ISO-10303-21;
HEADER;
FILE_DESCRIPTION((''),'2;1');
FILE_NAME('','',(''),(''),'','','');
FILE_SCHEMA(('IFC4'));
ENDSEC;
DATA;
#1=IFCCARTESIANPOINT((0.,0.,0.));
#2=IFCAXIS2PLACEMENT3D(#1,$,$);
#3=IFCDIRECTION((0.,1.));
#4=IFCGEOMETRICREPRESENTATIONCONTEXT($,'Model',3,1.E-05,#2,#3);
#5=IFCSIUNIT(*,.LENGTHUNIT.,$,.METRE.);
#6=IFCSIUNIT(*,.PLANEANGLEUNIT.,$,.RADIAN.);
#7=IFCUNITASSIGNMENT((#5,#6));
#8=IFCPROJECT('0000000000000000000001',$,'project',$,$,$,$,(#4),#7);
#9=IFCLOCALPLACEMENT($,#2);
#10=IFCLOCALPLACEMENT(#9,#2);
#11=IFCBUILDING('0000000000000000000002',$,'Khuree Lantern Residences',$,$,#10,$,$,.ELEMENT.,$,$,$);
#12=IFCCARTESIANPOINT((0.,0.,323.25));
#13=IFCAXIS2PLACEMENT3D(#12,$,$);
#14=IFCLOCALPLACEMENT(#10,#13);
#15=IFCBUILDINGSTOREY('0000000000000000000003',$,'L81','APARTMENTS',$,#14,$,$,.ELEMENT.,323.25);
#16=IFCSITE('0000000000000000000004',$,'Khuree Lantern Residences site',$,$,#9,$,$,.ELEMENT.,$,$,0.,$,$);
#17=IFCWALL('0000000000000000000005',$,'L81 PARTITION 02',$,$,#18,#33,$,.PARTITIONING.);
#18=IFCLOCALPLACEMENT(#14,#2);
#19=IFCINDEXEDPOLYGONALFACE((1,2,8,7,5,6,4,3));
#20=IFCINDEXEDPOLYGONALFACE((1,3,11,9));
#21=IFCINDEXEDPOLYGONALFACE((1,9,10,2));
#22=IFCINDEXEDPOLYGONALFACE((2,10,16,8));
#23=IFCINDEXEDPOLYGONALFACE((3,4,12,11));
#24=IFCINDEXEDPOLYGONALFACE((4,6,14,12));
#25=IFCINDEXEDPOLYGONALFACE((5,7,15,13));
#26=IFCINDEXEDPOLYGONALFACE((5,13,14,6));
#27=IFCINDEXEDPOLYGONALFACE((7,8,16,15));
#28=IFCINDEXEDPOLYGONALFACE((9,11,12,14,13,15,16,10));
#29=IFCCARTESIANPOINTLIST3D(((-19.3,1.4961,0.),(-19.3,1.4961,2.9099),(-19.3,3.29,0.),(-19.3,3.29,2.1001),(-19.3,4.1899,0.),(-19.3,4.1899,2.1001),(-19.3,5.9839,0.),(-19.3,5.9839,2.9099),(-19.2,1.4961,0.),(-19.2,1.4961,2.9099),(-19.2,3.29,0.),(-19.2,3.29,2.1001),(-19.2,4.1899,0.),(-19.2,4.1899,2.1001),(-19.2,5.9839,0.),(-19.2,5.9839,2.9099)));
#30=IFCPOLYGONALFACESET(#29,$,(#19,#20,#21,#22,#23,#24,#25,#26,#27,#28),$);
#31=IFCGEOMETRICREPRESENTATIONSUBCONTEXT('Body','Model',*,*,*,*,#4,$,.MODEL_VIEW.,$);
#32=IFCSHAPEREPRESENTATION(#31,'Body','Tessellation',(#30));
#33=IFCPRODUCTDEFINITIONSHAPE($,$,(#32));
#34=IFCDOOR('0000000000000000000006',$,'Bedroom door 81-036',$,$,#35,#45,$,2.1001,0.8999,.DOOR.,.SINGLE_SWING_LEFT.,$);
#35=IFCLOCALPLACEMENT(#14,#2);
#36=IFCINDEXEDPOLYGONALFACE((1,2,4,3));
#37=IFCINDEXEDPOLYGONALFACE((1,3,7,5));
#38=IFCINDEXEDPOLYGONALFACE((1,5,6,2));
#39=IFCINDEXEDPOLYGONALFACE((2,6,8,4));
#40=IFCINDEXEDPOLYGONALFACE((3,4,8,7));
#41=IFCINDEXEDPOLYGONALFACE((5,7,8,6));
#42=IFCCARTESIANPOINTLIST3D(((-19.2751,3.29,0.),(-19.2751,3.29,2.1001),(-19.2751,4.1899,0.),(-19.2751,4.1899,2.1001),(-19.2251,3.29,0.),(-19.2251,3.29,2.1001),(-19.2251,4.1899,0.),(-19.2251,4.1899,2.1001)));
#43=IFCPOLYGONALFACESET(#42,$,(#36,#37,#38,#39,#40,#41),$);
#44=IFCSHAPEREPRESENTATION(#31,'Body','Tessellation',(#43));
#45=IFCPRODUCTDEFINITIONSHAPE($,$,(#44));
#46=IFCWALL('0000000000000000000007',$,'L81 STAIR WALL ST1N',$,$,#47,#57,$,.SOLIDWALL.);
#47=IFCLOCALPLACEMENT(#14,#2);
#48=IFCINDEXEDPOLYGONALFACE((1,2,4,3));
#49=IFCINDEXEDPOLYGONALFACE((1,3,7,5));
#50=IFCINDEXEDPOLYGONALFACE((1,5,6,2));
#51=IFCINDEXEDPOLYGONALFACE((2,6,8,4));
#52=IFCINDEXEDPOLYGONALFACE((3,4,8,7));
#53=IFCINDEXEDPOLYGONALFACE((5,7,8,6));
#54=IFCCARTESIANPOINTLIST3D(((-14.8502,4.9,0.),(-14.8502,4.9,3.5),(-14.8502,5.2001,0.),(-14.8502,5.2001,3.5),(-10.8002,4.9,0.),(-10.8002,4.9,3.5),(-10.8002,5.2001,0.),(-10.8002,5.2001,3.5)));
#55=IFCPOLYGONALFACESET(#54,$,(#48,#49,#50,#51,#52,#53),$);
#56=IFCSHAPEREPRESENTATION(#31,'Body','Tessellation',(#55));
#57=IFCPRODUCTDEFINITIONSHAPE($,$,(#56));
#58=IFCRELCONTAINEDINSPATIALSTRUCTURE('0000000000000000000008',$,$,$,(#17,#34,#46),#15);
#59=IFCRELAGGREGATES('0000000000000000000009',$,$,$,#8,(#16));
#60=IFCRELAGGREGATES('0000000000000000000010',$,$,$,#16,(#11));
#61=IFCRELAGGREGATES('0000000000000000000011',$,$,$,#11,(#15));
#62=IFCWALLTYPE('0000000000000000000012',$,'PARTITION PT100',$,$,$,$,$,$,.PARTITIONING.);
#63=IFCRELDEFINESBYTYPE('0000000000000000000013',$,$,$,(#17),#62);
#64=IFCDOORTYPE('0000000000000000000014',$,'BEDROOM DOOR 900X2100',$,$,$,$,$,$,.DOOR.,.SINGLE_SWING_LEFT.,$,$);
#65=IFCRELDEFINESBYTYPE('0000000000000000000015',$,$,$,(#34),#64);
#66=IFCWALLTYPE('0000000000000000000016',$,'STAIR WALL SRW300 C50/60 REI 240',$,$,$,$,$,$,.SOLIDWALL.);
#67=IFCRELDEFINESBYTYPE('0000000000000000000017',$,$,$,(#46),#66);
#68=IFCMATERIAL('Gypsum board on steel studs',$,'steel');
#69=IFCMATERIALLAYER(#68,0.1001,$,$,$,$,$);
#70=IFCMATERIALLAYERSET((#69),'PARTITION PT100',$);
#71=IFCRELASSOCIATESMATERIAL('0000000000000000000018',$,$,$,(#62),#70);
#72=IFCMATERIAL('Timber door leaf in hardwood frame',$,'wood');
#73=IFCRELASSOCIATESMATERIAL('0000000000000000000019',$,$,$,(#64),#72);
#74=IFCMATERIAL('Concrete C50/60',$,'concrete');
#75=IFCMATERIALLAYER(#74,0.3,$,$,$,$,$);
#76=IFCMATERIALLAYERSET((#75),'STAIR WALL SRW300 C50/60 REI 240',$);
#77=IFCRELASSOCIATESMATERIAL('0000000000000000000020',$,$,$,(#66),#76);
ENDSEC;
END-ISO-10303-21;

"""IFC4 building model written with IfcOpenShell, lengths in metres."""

from ifc_helpers import new_model, si_unit, direction, frame, frame_2d, origin, place, context, subcontext, project, spatial, rectangle, extrude, material, layer, layer_set, type_object, element, fill, save


model = new_model("IFC4")

# Units and contexts
model_context = context("Model", 3, precision=1e-05, world=origin(), true_north=direction((0.0, 1.0)))
body_context = subcontext(model_context, "Body", "Model", "MODEL_VIEW")
ifc_project = project(units=[si_unit("LENGTHUNIT", "METRE"), si_unit("PLANEANGLEUNIT", "RADIAN")], contexts=[model_context])

# Site, building, storey
site_placement = place(None, origin())
site = spatial("IfcSite", under=ifc_project, at=site_placement, Name="Khuree Lantern Residences site", CompositionType="ELEMENT", RefElevation=0.0)
building_placement = place(site_placement, origin())
building = spatial("IfcBuilding", under=site, at=building_placement, Name="Khuree Lantern Residences", CompositionType="ELEMENT")
storey_placement = place(building_placement, frame((0.0, 0.0, 323.25)))
storey = spatial("IfcBuildingStorey", under=building, at=storey_placement, Name="L81", Description="APARTMENTS", CompositionType="ELEMENT", Elevation=323.25)

# Shared definitions
ifc_material_1 = material(Name="Concrete C50/60", Category="concrete")

# Shared definitions
ifc_material_2 = material(Name="Gypsum board on steel studs", Category="steel")

# Shared definitions
ifc_material_3 = material(Name="Timber door leaf in hardwood frame", Category="wood")

# Shared definitions
ifc_layer_1 = layer(ifc_material_2, 0.1001)
ifc_layer_set_1 = layer_set([ifc_layer_1], Name="PARTITION PT100")
wall_type_1 = type_object("IfcWallType", Name="PARTITION PT100", PredefinedType="PARTITIONING", material=ifc_layer_set_1)

# Wall, opening, door
door_type_1 = type_object("IfcDoorType", Name="BEDROOM DOOR 900X2100", OperationType="SINGLE_SWING_LEFT", PredefinedType="DOOR", material=ifc_material_3)
wall_1_placement = place(storey_placement, frame((-19.25, 5.9839, 0.0), z_axis=(0.0, 0.0, 1.0), x_axis=(0.0, -1.0, 0.0)))
wall_1 = element("IfcWall", 1, at=wall_1_placement, inside=storey, type_object=wall_type_1, Name="L81 PARTITION 02", PredefinedType="PARTITIONING", context=body_context, shape_type="SweptSolid", body=[
    extrude(rectangle(XDim=4.4878, YDim=0.1001, at=frame_2d((2.2439, 0.0))), origin(), (0.0, 0.0, 1.0), 2.9099),
])
opening_1_placement = place(wall_1_placement, frame((1.7939, 0.0, 0.0)))
opening_1 = element("IfcOpeningElement", 2, at=opening_1_placement, cuts=wall_1, PredefinedType="OPENING", context=body_context, shape_type="SweptSolid", body=[
    extrude(rectangle(XDim=0.8999, YDim=2.1001, at=frame_2d((0.45, 1.05))), frame((0.0, 0.0601, 0.0), z_axis=(0.0, -1.0, 0.0), x_axis=(1.0, 0.0, 0.0)), (0.0, 0.0, 1.0), 0.1201),
])
door_1_placement = place(opening_1_placement, origin())
door_1 = element("IfcDoor", 3, at=door_1_placement, inside=storey, type_object=door_type_1, Name="Bedroom door 81-036", OperationType="SINGLE_SWING_LEFT", OverallHeight=2.1001, OverallWidth=0.8999, PredefinedType="DOOR", context=body_context, shape_type="SweptSolid", body=[
    extrude(rectangle(XDim=0.8999, YDim=2.1001, at=frame_2d((0.45, 1.05))), frame((0.0, 0.0249, 0.0), z_axis=(0.0, -1.0, 0.0), x_axis=(1.0, 0.0, 0.0)), (0.0, 0.0, 1.0), 0.05),
])
fill(opening_1, door_1)

# Wall
ifc_layer_2 = layer(ifc_material_1, 0.3)
ifc_layer_set_2 = layer_set([ifc_layer_2], Name="STAIR WALL SRW300 C50/60 REI 240")
wall_type_2 = type_object("IfcWallType", Name="STAIR WALL SRW300 C50/60 REI 240", PredefinedType="SOLIDWALL", material=ifc_layer_set_2)
wall_2_placement = place(storey_placement, frame((-14.8501, 5.05, 0.0), z_axis=(0.0, 0.0, 1.0), x_axis=(1.0, 0.0, 0.0)))
element("IfcWall", 4, at=wall_2_placement, inside=storey, type_object=wall_type_2, Name="L81 STAIR WALL ST1N", PredefinedType="SOLIDWALL", context=body_context, shape_type="SweptSolid", body=[
    extrude(rectangle(XDim=4.05, YDim=0.3, at=frame_2d((2.0249, 0.0))), origin(), (0.0, 0.0, 1.0), 3.5),
])

save(model, "model.ifc")
